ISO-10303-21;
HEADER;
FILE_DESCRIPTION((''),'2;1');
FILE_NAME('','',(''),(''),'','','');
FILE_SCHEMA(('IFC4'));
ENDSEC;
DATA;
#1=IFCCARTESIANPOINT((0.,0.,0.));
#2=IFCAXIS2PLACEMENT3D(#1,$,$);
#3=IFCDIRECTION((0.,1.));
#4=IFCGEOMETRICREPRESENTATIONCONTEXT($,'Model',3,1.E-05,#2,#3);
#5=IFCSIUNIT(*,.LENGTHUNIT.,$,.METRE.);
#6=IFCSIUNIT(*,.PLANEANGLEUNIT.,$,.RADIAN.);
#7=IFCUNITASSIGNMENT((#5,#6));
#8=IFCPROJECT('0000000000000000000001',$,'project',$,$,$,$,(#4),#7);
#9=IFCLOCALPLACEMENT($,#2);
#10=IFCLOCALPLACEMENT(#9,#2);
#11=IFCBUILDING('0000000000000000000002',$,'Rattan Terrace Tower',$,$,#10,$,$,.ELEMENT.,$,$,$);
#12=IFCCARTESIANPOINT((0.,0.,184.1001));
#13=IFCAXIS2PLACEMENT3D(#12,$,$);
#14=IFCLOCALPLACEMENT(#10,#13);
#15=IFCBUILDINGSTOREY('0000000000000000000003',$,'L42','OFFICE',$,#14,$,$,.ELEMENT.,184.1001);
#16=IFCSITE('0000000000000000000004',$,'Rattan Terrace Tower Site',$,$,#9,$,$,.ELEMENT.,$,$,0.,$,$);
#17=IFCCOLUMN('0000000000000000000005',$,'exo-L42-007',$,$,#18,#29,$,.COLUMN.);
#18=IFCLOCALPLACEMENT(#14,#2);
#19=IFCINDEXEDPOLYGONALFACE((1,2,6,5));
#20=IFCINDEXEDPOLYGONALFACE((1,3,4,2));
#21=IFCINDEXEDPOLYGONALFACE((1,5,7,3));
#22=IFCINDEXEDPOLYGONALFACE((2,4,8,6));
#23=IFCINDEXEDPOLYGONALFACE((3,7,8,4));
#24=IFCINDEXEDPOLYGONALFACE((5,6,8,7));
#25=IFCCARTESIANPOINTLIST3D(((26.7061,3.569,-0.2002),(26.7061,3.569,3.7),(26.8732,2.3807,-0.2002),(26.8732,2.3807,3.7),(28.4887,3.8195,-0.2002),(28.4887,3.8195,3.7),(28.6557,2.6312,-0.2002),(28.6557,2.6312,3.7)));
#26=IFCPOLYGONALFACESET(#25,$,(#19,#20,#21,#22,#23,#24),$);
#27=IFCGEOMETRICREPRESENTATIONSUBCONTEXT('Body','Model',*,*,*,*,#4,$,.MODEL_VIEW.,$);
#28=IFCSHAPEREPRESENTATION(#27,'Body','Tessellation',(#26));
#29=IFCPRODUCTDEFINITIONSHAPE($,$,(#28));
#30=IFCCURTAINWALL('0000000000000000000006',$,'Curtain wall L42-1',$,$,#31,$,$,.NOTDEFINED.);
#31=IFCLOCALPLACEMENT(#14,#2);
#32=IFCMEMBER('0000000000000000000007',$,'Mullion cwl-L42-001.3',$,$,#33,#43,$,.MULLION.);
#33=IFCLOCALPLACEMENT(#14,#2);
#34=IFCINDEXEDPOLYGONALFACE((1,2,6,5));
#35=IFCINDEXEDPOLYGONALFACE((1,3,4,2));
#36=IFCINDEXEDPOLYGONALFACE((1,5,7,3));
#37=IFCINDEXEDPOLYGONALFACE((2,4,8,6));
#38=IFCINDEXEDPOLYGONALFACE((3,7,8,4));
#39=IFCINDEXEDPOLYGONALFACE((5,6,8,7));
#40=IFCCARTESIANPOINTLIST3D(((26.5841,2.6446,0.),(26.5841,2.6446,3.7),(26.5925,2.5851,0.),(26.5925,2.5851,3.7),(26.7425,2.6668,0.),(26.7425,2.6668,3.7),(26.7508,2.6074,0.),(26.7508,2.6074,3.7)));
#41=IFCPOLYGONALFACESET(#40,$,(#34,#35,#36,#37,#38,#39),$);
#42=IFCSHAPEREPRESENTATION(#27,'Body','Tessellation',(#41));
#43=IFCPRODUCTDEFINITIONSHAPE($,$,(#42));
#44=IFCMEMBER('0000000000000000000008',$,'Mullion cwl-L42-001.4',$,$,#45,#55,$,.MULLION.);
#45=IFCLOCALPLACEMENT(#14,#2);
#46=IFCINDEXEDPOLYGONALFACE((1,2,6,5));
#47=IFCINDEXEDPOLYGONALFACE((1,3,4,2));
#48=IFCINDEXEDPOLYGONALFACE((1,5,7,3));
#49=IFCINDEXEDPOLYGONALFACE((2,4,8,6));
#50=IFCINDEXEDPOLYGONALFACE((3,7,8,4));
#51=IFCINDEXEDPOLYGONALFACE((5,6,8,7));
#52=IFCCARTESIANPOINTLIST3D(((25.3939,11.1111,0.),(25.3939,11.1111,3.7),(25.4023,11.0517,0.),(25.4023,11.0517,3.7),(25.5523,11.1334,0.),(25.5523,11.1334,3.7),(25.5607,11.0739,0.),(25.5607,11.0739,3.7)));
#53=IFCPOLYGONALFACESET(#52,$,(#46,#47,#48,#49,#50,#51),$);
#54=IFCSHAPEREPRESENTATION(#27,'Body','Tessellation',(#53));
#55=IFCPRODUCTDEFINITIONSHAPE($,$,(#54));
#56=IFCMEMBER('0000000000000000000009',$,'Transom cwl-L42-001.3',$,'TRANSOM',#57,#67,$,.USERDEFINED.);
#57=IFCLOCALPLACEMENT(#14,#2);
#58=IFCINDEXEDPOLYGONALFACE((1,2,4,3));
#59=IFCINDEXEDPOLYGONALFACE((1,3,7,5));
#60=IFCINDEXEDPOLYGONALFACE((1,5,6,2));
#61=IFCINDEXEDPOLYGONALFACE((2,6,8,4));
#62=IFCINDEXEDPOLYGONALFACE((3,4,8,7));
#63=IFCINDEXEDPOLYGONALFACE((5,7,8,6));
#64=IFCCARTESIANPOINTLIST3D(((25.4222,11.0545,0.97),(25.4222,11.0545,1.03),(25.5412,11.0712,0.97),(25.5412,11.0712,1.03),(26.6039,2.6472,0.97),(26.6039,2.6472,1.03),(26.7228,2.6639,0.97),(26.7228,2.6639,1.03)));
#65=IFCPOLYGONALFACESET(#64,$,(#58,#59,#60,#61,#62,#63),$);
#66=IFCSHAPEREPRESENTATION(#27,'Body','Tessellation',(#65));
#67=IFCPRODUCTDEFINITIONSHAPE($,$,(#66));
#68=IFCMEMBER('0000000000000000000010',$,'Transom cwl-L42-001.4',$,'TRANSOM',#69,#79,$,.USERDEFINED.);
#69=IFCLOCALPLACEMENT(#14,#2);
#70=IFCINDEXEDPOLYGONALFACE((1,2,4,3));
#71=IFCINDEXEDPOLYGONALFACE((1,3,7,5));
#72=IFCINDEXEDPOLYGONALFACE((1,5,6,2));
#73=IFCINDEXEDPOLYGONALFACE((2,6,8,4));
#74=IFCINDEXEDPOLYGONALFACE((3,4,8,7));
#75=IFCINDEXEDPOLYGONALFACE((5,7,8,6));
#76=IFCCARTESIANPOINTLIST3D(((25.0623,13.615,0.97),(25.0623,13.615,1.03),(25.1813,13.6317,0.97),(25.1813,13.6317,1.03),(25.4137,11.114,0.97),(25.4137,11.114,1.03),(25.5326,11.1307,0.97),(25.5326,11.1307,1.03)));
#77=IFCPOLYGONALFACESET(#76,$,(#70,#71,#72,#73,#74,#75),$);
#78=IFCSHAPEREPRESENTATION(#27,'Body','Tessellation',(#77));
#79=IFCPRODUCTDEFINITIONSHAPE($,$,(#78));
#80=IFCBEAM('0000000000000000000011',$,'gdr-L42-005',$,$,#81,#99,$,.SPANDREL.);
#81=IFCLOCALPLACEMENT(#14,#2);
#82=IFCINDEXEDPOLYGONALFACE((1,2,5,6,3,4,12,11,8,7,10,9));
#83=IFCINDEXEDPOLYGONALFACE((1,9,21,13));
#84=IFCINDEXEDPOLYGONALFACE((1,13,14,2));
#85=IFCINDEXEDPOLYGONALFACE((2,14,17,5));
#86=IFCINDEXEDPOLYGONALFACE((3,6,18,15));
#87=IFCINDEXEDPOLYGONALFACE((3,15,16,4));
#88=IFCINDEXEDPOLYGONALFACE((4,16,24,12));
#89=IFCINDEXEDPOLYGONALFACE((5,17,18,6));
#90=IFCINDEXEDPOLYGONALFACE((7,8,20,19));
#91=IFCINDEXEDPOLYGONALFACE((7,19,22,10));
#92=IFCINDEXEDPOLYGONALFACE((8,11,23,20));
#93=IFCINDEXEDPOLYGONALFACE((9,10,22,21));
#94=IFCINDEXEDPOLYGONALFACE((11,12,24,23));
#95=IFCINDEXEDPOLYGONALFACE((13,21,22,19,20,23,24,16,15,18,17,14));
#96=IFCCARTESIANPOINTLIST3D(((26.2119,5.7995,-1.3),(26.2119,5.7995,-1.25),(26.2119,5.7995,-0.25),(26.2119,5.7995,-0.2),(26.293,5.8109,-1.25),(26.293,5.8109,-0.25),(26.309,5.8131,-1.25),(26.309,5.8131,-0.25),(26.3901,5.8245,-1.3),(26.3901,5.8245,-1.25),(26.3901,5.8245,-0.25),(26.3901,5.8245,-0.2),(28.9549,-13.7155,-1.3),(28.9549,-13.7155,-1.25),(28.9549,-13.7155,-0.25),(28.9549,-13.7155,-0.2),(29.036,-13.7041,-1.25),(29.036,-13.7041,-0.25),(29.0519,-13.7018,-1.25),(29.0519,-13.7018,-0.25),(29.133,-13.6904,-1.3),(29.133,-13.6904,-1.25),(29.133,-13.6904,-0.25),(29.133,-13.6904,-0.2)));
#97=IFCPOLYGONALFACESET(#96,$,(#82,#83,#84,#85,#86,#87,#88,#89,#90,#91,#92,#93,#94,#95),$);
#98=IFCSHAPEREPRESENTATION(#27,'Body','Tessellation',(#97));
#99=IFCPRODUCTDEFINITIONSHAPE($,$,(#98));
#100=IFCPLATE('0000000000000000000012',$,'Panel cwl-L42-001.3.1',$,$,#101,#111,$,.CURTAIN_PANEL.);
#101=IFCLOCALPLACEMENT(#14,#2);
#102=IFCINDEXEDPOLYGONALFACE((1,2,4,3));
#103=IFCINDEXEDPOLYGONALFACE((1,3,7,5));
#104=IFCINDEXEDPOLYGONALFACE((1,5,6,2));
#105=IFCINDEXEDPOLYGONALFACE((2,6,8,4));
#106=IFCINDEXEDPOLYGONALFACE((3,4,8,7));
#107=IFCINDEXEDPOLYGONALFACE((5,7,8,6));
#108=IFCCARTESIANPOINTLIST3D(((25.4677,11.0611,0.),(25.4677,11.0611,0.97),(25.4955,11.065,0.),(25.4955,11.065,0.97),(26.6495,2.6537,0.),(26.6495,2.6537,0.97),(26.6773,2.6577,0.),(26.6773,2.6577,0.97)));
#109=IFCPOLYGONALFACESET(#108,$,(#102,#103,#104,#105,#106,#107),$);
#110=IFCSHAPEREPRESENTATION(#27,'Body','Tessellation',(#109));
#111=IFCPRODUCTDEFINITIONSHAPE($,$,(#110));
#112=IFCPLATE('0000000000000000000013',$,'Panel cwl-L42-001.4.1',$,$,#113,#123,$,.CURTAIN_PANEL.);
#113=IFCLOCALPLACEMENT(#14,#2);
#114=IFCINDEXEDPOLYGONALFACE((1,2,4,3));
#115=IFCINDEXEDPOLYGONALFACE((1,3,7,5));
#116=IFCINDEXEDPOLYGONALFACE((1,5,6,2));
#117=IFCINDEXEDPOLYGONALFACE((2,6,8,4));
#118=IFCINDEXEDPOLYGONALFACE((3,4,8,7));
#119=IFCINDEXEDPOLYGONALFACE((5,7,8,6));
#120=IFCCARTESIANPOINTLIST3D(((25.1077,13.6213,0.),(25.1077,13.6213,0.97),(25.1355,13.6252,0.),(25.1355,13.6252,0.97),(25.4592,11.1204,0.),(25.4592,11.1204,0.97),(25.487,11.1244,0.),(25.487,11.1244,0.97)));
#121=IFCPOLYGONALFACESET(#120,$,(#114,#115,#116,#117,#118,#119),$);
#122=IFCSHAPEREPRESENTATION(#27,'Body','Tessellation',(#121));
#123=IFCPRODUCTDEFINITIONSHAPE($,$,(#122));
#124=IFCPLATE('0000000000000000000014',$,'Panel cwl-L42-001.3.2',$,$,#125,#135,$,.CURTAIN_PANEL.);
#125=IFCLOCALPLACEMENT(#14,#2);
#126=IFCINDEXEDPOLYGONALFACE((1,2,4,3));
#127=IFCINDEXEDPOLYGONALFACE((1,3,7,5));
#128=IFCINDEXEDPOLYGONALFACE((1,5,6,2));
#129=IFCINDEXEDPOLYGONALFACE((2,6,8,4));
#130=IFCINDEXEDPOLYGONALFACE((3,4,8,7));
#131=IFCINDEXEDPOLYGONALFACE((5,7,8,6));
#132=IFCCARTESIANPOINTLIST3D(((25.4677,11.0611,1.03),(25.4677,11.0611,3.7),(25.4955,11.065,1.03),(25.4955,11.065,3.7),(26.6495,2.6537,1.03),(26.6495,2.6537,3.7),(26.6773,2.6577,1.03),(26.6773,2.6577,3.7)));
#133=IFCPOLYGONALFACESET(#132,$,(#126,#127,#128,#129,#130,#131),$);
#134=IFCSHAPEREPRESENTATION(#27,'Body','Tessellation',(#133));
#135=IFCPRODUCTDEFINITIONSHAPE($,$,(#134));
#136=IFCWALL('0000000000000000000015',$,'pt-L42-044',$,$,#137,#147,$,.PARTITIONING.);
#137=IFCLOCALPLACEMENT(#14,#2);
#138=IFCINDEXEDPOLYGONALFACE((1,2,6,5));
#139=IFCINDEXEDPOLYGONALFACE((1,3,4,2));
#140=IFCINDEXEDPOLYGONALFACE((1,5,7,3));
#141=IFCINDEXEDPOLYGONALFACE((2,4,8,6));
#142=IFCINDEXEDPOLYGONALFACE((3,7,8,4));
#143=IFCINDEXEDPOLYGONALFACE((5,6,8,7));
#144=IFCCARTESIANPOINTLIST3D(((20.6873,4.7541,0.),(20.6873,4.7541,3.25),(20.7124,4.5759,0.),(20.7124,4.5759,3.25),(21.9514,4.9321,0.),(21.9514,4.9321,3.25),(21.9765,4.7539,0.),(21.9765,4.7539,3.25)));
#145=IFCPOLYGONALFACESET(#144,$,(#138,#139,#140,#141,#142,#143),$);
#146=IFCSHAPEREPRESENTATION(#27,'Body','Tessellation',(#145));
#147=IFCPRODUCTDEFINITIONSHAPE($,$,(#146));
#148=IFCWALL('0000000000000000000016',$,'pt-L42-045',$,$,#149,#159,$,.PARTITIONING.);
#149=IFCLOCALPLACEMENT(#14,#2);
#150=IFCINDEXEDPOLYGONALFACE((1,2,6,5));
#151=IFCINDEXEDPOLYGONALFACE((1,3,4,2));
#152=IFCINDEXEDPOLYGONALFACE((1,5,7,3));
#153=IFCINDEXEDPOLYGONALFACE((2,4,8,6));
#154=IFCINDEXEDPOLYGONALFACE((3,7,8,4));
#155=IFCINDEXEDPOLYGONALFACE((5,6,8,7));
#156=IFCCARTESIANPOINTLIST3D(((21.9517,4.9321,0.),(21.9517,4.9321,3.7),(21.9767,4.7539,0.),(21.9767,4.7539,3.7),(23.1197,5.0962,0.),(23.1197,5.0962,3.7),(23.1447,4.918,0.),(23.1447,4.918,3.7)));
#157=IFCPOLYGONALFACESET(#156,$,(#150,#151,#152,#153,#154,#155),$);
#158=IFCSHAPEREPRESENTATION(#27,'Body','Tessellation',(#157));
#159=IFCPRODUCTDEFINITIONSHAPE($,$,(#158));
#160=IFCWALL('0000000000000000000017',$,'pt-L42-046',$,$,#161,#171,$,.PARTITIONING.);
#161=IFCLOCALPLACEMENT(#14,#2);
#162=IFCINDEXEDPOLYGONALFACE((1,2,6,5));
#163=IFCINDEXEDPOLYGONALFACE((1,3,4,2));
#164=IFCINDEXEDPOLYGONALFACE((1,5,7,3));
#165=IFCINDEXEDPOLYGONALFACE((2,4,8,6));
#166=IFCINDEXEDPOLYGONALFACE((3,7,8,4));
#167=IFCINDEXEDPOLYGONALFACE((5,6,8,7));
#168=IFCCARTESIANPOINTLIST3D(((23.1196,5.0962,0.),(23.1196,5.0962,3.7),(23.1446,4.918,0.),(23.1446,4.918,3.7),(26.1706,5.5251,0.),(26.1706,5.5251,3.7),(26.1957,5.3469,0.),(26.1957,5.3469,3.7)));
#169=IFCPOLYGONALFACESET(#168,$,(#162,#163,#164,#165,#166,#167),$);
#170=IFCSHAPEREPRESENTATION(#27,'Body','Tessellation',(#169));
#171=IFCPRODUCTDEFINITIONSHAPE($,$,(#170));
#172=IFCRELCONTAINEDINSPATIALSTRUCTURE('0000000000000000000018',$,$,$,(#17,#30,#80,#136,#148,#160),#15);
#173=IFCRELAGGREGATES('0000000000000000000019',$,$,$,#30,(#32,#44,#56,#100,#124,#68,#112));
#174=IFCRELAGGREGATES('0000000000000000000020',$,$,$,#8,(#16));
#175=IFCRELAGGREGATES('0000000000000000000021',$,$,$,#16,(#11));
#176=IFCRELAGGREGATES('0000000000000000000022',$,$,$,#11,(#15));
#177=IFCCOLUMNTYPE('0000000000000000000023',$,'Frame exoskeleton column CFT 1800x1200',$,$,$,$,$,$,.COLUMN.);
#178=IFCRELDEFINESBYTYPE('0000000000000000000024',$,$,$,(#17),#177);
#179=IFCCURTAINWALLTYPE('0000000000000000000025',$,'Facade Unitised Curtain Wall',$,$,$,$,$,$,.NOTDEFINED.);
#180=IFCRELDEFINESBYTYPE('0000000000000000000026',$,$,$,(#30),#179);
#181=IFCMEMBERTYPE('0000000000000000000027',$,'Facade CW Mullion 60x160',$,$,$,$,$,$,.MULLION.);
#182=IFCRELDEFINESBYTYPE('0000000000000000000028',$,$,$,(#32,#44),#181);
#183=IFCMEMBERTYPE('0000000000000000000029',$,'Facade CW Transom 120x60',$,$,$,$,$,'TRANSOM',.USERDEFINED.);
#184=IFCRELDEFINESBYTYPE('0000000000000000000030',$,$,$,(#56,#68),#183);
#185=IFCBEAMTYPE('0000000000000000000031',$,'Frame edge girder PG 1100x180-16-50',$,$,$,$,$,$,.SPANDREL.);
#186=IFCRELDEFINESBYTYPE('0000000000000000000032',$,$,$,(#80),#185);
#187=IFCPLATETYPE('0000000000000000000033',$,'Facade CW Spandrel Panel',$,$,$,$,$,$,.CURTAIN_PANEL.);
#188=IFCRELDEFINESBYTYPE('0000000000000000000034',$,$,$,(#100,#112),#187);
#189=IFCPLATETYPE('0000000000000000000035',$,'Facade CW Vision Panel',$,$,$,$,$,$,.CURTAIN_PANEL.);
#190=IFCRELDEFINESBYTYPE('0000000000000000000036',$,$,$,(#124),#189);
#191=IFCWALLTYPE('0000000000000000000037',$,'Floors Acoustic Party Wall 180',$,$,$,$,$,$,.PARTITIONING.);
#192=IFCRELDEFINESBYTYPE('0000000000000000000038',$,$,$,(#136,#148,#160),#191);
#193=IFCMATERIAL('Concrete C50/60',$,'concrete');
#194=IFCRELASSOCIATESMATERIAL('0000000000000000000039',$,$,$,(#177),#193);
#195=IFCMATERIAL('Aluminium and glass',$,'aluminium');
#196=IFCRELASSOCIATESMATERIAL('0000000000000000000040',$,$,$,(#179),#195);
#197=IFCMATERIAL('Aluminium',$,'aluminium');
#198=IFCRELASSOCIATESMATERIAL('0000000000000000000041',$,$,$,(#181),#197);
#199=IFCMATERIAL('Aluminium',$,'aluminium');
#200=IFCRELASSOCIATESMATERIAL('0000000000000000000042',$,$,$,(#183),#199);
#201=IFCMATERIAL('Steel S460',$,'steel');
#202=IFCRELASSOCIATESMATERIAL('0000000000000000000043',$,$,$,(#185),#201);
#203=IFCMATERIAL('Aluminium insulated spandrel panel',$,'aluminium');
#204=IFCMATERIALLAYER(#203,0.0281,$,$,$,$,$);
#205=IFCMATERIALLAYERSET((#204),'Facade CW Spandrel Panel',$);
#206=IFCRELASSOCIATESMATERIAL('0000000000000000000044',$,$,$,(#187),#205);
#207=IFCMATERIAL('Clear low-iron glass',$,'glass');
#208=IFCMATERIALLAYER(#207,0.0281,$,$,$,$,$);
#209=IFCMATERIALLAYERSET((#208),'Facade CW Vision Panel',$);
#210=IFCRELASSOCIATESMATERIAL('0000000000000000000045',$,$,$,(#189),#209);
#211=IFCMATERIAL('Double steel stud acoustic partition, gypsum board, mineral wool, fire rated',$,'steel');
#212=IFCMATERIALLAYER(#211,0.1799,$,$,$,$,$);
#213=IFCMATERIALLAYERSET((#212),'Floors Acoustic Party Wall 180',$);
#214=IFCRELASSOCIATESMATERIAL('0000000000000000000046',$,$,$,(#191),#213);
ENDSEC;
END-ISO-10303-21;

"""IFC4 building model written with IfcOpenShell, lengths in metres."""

from ifc_helpers import new_model, si_unit, direction, frame, frame_2d, origin, origin_2d, place, context, subcontext, project, spatial, rectangle, i_section, extrude, material, layer, layer_set, material_profile, profile_set, type_object, element, aggregate, save


model = new_model("IFC4")

# Units and contexts
model_context = context("Model", 3, precision=1e-05, world=origin(), true_north=direction((0.0, 1.0)))
body_context = subcontext(model_context, "Body", "Model", "MODEL_VIEW")
ifc_project = project(units=[si_unit("LENGTHUNIT", "METRE"), si_unit("PLANEANGLEUNIT", "RADIAN")], contexts=[model_context])

# Site, building, storey
site_placement = place(None, origin())
site = spatial("IfcSite", under=ifc_project, at=site_placement, Name="Rattan Terrace Tower Site", CompositionType="ELEMENT", RefElevation=0.0)
building_placement = place(site_placement, origin())
building = spatial("IfcBuilding", under=site, at=building_placement, Name="Rattan Terrace Tower", CompositionType="ELEMENT")
storey_placement = place(building_placement, frame((0.0, 0.0, 184.1001)))
storey = spatial("IfcBuildingStorey", under=building, at=storey_placement, Name="L42", Description="OFFICE", CompositionType="ELEMENT", Elevation=184.1001)

# Column
ifc_material_1 = material(Name="Concrete C50/60", Category="concrete")
ifc_material_profile_1 = material_profile(ifc_material_1, rectangle(XDim=1.2, YDim=1.8, at=origin_2d()), Name="CFT 1800x1200")
ifc_profile_set_1 = profile_set([ifc_material_profile_1], Name="Concrete C50/60")
column_type = type_object("IfcColumnType", Name="Frame exoskeleton column CFT 1800x1200", PredefinedType="COLUMN", material=ifc_profile_set_1)
column_placement = place(storey_placement, frame((27.6809, 3.1001, -0.2002), z_axis=(0.0, 0.0, 1.0), x_axis=(-0.13919, 0.990266, 0.0)))
element("IfcColumn", 1, at=column_placement, inside=storey, type_object=column_type, Name="exo-L42-007", PredefinedType="COLUMN", context=body_context, shape_type="SweptSolid", body=[
    extrude(rectangle(XDim=1.2, YDim=1.8, at=origin_2d()), origin(), (0.0, 0.0, 1.0), 3.9001),
])

# Curtain wall, members
ifc_material_2 = material(Name="Aluminium and glass", Category="aluminium")
curtain_wall_type = type_object("IfcCurtainWallType", Name="Facade Unitised Curtain Wall", PredefinedType="NOTDEFINED", material=ifc_material_2)
curtain_wall_placement = place(storey_placement, origin())
curtain_wall = element("IfcCurtainWall", 2, at=curtain_wall_placement, inside=storey, type_object=curtain_wall_type, Name="Curtain wall L42-1", PredefinedType="NOTDEFINED")
ifc_material_3 = material(Name="Aluminium", Category="aluminium")
ifc_material_profile_2 = material_profile(ifc_material_3, rectangle(XDim=0.0601, YDim=0.1599, at=origin_2d()), Name="Aluminium 60x160")
ifc_profile_set_2 = profile_set([ifc_material_profile_2], Name="Aluminium")
member_type_1 = type_object("IfcMemberType", Name="Facade CW Mullion 60x160", PredefinedType="MULLION", material=ifc_profile_set_2)
member_1_placement = place(storey_placement, frame((26.6675, 2.626, 0.0), z_axis=(0.0, 0.0, 1.0), x_axis=(-0.139191, 0.990266, 0.0)))
member_1 = element("IfcMember", 3, at=member_1_placement, type_object=member_type_1, Name="Mullion cwl-L42-001.3", PredefinedType="MULLION", context=body_context, shape_type="SweptSolid", body=[
    extrude(rectangle(XDim=0.0601, YDim=0.1599, at=origin_2d()), origin(), (0.0, 0.0, 1.0), 3.7),
])
member_2_placement = place(storey_placement, frame((25.4773, 11.0925, 0.0), z_axis=(0.0, 0.0, 1.0), x_axis=(-0.139191, 0.990266, 0.0)))
member_2 = element("IfcMember", 4, at=member_2_placement, type_object=member_type_1, Name="Mullion cwl-L42-001.4", PredefinedType="MULLION", context=body_context, shape_type="SweptSolid", body=[
    extrude(rectangle(XDim=0.0601, YDim=0.1599, at=origin_2d()), origin(), (0.0, 0.0, 1.0), 3.7),
])
ifc_material_4 = material(Name="Aluminium", Category="aluminium")
ifc_material_profile_3 = material_profile(ifc_material_4, rectangle(XDim=0.1201, YDim=0.0601, at=origin_2d()), Name="Aluminium 120x60")
ifc_profile_set_3 = profile_set([ifc_material_profile_3], Name="Aluminium")
member_type_2 = type_object("IfcMemberType", Name="Facade CW Transom 120x60", ElementType="TRANSOM", PredefinedType="USERDEFINED", material=ifc_profile_set_3)
member_3_placement = place(storey_placement, frame((26.6633, 2.6555, 1.0), z_axis=(-0.139179, 0.990267, 0.0), x_axis=(-0.990267, -0.139179, 0.0)))
member_3 = element("IfcMember", 5, at=member_3_placement, type_object=member_type_2, Name="Transom cwl-L42-001.3", ObjectType="TRANSOM", PredefinedType="USERDEFINED", context=body_context, shape_type="SweptSolid", body=[
    extrude(rectangle(XDim=0.1201, YDim=0.0601, at=origin_2d()), origin(), (0.0, 0.0, 1.0), 8.49),
])
member_4_placement = place(storey_placement, frame((25.4731, 11.1223, 1.0), z_axis=(-0.139107, 0.990277, 0.0), x_axis=(-0.990277, -0.139107, 0.0)))
member_4 = element("IfcMember", 6, at=member_4_placement, type_object=member_type_2, Name="Transom cwl-L42-001.4", ObjectType="TRANSOM", PredefinedType="USERDEFINED", context=body_context, shape_type="SweptSolid", body=[
    extrude(rectangle(XDim=0.1201, YDim=0.0601, at=origin_2d()), origin(), (0.0, 0.0, 1.0), 2.5256),
])

# Beam
ifc_material_5 = material(Name="Steel S460", Category="steel")
ifc_material_profile_4 = material_profile(ifc_material_5, i_section(OverallWidth=0.1799, OverallDepth=1.1001, WebThickness=0.0161, FlangeThickness=0.05, at=origin_2d()), Name="PG 1100x180-16-50")
ifc_profile_set_4 = profile_set([ifc_material_profile_4], Name="Steel S460")
beam_type = type_object("IfcBeamType", Name="Frame edge girder PG 1100x180-16-50", PredefinedType="SPANDREL", material=ifc_profile_set_4)
beam_placement = place(storey_placement, frame((26.301, 5.812, -0.75), z_axis=(0.139187, -0.990266, 0.0), x_axis=(0.990266, 0.139187, 0.0)))
element("IfcBeam", 7, at=beam_placement, inside=storey, type_object=beam_type, Name="gdr-L42-005", PredefinedType="SPANDREL", context=body_context, shape_type="SweptSolid", body=[
    extrude(i_section(OverallWidth=0.1799, OverallDepth=1.1001, WebThickness=0.0161, FlangeThickness=0.05, at=origin_2d()), origin(), (0.0, 0.0, 1.0), 19.7068),
])

# Plates
ifc_material_6 = material(Name="Aluminium insulated spandrel panel", Category="aluminium")
ifc_layer_1 = layer(ifc_material_6, 0.0281)
ifc_layer_set_1 = layer_set([ifc_layer_1], Name="Facade CW Spandrel Panel")
plate_type_1 = type_object("IfcPlateType", Name="Facade CW Spandrel Panel", PredefinedType="CURTAIN_PANEL", material=ifc_layer_set_1)
plate_1_placement = place(storey_placement, frame((26.0725, 6.8594, 0.0), z_axis=(0.0, 0.0, 1.0), x_axis=(-0.139191, 0.990266, 0.0)))
plate_1 = element("IfcPlate", 8, at=plate_1_placement, type_object=plate_type_1, Name="Panel cwl-L42-001.3.1", PredefinedType="CURTAIN_PANEL", context=body_context, shape_type="SweptSolid", body=[
    extrude(rectangle(XDim=8.49, YDim=0.0281, at=origin_2d()), origin(), (0.0, 0.0, 1.0), 0.97),
])
plate_2_placement = place(storey_placement, frame((25.2974, 12.3728, 0.0), z_axis=(0.0, 0.0, 1.0), x_axis=(-0.139191, 0.990266, 0.0)))
plate_2 = element("IfcPlate", 9, at=plate_2_placement, type_object=plate_type_1, Name="Panel cwl-L42-001.4.1", PredefinedType="CURTAIN_PANEL", context=body_context, shape_type="SweptSolid", body=[
    extrude(rectangle(XDim=2.5254, YDim=0.0281, at=origin_2d()), origin(), (0.0, 0.0, 1.0), 0.97),
])
ifc_material_7 = material(Name="Clear low-iron glass", Category="glass")
ifc_layer_2 = layer(ifc_material_7, 0.0281)
ifc_layer_set_2 = layer_set([ifc_layer_2], Name="Facade CW Vision Panel")
plate_type_2 = type_object("IfcPlateType", Name="Facade CW Vision Panel", PredefinedType="CURTAIN_PANEL", material=ifc_layer_set_2)
plate_3_placement = place(storey_placement, frame((26.0725, 6.8594, 1.03), z_axis=(0.0, 0.0, 1.0), x_axis=(-0.139191, 0.990266, 0.0)))
plate_3 = element("IfcPlate", 10, at=plate_3_placement, type_object=plate_type_2, Name="Panel cwl-L42-001.3.2", PredefinedType="CURTAIN_PANEL", context=body_context, shape_type="SweptSolid", body=[
    extrude(rectangle(XDim=8.49, YDim=0.0281, at=origin_2d()), origin(), (0.0, 0.0, 1.0), 2.6699),
])
aggregate(curtain_wall, [member_1, member_2, member_3, plate_1, plate_3, member_4, plate_2])

# Walls
ifc_material_8 = material(Name="Double steel stud acoustic partition, gypsum board, mineral wool, fire rated", Category="steel")
ifc_layer_3 = layer(ifc_material_8, 0.1799)
ifc_layer_set_3 = layer_set([ifc_layer_3], Name="Floors Acoustic Party Wall 180")
wall_type_1 = type_object("IfcWallType", Name="Floors Acoustic Party Wall 180", PredefinedType="PARTITIONING", material=ifc_layer_set_3)
wall_1_placement = place(storey_placement, frame((20.7, 4.665, 0.0), z_axis=(0.0, 0.0, 1.0), x_axis=(0.990234, 0.139413, 0.0)))
element("IfcWall", 11, at=wall_1_placement, inside=storey, type_object=wall_type_1, Name="pt-L42-044", PredefinedType="PARTITIONING", context=body_context, shape_type="SweptSolid", body=[
    extrude(rectangle(XDim=1.2766, YDim=0.1799, at=frame_2d((0.6382, 0.0))), origin(), (0.0, 0.0, 1.0), 3.25),
])
wall_2_placement = place(storey_placement, frame((21.9641, 4.843, 0.0), z_axis=(0.0, 0.0, 1.0), x_axis=(0.990278, 0.139103, 0.0)))
element("IfcWall", 12, at=wall_2_placement, inside=storey, type_object=wall_type_1, Name="pt-L42-045", PredefinedType="PARTITIONING", context=body_context, shape_type="SweptSolid", body=[
    extrude(rectangle(XDim=1.1794, YDim=0.1799, at=frame_2d((0.5898, 0.0))), origin(), (0.0, 0.0, 1.0), 3.7),
])
wall_3_placement = place(storey_placement, frame((23.1321, 5.0071, 0.0), z_axis=(0.0, 0.0, 1.0), x_axis=(0.990261, 0.139224, 0.0)))
element("IfcWall", 13, at=wall_3_placement, inside=storey, type_object=wall_type_1, Name="pt-L42-046", PredefinedType="PARTITIONING", context=body_context, shape_type="SweptSolid", body=[
    extrude(rectangle(XDim=3.0811, YDim=0.1799, at=frame_2d((1.5405, 0.0))), origin(), (0.0, 0.0, 1.0), 3.7),
])

save(model, "model.ifc")
